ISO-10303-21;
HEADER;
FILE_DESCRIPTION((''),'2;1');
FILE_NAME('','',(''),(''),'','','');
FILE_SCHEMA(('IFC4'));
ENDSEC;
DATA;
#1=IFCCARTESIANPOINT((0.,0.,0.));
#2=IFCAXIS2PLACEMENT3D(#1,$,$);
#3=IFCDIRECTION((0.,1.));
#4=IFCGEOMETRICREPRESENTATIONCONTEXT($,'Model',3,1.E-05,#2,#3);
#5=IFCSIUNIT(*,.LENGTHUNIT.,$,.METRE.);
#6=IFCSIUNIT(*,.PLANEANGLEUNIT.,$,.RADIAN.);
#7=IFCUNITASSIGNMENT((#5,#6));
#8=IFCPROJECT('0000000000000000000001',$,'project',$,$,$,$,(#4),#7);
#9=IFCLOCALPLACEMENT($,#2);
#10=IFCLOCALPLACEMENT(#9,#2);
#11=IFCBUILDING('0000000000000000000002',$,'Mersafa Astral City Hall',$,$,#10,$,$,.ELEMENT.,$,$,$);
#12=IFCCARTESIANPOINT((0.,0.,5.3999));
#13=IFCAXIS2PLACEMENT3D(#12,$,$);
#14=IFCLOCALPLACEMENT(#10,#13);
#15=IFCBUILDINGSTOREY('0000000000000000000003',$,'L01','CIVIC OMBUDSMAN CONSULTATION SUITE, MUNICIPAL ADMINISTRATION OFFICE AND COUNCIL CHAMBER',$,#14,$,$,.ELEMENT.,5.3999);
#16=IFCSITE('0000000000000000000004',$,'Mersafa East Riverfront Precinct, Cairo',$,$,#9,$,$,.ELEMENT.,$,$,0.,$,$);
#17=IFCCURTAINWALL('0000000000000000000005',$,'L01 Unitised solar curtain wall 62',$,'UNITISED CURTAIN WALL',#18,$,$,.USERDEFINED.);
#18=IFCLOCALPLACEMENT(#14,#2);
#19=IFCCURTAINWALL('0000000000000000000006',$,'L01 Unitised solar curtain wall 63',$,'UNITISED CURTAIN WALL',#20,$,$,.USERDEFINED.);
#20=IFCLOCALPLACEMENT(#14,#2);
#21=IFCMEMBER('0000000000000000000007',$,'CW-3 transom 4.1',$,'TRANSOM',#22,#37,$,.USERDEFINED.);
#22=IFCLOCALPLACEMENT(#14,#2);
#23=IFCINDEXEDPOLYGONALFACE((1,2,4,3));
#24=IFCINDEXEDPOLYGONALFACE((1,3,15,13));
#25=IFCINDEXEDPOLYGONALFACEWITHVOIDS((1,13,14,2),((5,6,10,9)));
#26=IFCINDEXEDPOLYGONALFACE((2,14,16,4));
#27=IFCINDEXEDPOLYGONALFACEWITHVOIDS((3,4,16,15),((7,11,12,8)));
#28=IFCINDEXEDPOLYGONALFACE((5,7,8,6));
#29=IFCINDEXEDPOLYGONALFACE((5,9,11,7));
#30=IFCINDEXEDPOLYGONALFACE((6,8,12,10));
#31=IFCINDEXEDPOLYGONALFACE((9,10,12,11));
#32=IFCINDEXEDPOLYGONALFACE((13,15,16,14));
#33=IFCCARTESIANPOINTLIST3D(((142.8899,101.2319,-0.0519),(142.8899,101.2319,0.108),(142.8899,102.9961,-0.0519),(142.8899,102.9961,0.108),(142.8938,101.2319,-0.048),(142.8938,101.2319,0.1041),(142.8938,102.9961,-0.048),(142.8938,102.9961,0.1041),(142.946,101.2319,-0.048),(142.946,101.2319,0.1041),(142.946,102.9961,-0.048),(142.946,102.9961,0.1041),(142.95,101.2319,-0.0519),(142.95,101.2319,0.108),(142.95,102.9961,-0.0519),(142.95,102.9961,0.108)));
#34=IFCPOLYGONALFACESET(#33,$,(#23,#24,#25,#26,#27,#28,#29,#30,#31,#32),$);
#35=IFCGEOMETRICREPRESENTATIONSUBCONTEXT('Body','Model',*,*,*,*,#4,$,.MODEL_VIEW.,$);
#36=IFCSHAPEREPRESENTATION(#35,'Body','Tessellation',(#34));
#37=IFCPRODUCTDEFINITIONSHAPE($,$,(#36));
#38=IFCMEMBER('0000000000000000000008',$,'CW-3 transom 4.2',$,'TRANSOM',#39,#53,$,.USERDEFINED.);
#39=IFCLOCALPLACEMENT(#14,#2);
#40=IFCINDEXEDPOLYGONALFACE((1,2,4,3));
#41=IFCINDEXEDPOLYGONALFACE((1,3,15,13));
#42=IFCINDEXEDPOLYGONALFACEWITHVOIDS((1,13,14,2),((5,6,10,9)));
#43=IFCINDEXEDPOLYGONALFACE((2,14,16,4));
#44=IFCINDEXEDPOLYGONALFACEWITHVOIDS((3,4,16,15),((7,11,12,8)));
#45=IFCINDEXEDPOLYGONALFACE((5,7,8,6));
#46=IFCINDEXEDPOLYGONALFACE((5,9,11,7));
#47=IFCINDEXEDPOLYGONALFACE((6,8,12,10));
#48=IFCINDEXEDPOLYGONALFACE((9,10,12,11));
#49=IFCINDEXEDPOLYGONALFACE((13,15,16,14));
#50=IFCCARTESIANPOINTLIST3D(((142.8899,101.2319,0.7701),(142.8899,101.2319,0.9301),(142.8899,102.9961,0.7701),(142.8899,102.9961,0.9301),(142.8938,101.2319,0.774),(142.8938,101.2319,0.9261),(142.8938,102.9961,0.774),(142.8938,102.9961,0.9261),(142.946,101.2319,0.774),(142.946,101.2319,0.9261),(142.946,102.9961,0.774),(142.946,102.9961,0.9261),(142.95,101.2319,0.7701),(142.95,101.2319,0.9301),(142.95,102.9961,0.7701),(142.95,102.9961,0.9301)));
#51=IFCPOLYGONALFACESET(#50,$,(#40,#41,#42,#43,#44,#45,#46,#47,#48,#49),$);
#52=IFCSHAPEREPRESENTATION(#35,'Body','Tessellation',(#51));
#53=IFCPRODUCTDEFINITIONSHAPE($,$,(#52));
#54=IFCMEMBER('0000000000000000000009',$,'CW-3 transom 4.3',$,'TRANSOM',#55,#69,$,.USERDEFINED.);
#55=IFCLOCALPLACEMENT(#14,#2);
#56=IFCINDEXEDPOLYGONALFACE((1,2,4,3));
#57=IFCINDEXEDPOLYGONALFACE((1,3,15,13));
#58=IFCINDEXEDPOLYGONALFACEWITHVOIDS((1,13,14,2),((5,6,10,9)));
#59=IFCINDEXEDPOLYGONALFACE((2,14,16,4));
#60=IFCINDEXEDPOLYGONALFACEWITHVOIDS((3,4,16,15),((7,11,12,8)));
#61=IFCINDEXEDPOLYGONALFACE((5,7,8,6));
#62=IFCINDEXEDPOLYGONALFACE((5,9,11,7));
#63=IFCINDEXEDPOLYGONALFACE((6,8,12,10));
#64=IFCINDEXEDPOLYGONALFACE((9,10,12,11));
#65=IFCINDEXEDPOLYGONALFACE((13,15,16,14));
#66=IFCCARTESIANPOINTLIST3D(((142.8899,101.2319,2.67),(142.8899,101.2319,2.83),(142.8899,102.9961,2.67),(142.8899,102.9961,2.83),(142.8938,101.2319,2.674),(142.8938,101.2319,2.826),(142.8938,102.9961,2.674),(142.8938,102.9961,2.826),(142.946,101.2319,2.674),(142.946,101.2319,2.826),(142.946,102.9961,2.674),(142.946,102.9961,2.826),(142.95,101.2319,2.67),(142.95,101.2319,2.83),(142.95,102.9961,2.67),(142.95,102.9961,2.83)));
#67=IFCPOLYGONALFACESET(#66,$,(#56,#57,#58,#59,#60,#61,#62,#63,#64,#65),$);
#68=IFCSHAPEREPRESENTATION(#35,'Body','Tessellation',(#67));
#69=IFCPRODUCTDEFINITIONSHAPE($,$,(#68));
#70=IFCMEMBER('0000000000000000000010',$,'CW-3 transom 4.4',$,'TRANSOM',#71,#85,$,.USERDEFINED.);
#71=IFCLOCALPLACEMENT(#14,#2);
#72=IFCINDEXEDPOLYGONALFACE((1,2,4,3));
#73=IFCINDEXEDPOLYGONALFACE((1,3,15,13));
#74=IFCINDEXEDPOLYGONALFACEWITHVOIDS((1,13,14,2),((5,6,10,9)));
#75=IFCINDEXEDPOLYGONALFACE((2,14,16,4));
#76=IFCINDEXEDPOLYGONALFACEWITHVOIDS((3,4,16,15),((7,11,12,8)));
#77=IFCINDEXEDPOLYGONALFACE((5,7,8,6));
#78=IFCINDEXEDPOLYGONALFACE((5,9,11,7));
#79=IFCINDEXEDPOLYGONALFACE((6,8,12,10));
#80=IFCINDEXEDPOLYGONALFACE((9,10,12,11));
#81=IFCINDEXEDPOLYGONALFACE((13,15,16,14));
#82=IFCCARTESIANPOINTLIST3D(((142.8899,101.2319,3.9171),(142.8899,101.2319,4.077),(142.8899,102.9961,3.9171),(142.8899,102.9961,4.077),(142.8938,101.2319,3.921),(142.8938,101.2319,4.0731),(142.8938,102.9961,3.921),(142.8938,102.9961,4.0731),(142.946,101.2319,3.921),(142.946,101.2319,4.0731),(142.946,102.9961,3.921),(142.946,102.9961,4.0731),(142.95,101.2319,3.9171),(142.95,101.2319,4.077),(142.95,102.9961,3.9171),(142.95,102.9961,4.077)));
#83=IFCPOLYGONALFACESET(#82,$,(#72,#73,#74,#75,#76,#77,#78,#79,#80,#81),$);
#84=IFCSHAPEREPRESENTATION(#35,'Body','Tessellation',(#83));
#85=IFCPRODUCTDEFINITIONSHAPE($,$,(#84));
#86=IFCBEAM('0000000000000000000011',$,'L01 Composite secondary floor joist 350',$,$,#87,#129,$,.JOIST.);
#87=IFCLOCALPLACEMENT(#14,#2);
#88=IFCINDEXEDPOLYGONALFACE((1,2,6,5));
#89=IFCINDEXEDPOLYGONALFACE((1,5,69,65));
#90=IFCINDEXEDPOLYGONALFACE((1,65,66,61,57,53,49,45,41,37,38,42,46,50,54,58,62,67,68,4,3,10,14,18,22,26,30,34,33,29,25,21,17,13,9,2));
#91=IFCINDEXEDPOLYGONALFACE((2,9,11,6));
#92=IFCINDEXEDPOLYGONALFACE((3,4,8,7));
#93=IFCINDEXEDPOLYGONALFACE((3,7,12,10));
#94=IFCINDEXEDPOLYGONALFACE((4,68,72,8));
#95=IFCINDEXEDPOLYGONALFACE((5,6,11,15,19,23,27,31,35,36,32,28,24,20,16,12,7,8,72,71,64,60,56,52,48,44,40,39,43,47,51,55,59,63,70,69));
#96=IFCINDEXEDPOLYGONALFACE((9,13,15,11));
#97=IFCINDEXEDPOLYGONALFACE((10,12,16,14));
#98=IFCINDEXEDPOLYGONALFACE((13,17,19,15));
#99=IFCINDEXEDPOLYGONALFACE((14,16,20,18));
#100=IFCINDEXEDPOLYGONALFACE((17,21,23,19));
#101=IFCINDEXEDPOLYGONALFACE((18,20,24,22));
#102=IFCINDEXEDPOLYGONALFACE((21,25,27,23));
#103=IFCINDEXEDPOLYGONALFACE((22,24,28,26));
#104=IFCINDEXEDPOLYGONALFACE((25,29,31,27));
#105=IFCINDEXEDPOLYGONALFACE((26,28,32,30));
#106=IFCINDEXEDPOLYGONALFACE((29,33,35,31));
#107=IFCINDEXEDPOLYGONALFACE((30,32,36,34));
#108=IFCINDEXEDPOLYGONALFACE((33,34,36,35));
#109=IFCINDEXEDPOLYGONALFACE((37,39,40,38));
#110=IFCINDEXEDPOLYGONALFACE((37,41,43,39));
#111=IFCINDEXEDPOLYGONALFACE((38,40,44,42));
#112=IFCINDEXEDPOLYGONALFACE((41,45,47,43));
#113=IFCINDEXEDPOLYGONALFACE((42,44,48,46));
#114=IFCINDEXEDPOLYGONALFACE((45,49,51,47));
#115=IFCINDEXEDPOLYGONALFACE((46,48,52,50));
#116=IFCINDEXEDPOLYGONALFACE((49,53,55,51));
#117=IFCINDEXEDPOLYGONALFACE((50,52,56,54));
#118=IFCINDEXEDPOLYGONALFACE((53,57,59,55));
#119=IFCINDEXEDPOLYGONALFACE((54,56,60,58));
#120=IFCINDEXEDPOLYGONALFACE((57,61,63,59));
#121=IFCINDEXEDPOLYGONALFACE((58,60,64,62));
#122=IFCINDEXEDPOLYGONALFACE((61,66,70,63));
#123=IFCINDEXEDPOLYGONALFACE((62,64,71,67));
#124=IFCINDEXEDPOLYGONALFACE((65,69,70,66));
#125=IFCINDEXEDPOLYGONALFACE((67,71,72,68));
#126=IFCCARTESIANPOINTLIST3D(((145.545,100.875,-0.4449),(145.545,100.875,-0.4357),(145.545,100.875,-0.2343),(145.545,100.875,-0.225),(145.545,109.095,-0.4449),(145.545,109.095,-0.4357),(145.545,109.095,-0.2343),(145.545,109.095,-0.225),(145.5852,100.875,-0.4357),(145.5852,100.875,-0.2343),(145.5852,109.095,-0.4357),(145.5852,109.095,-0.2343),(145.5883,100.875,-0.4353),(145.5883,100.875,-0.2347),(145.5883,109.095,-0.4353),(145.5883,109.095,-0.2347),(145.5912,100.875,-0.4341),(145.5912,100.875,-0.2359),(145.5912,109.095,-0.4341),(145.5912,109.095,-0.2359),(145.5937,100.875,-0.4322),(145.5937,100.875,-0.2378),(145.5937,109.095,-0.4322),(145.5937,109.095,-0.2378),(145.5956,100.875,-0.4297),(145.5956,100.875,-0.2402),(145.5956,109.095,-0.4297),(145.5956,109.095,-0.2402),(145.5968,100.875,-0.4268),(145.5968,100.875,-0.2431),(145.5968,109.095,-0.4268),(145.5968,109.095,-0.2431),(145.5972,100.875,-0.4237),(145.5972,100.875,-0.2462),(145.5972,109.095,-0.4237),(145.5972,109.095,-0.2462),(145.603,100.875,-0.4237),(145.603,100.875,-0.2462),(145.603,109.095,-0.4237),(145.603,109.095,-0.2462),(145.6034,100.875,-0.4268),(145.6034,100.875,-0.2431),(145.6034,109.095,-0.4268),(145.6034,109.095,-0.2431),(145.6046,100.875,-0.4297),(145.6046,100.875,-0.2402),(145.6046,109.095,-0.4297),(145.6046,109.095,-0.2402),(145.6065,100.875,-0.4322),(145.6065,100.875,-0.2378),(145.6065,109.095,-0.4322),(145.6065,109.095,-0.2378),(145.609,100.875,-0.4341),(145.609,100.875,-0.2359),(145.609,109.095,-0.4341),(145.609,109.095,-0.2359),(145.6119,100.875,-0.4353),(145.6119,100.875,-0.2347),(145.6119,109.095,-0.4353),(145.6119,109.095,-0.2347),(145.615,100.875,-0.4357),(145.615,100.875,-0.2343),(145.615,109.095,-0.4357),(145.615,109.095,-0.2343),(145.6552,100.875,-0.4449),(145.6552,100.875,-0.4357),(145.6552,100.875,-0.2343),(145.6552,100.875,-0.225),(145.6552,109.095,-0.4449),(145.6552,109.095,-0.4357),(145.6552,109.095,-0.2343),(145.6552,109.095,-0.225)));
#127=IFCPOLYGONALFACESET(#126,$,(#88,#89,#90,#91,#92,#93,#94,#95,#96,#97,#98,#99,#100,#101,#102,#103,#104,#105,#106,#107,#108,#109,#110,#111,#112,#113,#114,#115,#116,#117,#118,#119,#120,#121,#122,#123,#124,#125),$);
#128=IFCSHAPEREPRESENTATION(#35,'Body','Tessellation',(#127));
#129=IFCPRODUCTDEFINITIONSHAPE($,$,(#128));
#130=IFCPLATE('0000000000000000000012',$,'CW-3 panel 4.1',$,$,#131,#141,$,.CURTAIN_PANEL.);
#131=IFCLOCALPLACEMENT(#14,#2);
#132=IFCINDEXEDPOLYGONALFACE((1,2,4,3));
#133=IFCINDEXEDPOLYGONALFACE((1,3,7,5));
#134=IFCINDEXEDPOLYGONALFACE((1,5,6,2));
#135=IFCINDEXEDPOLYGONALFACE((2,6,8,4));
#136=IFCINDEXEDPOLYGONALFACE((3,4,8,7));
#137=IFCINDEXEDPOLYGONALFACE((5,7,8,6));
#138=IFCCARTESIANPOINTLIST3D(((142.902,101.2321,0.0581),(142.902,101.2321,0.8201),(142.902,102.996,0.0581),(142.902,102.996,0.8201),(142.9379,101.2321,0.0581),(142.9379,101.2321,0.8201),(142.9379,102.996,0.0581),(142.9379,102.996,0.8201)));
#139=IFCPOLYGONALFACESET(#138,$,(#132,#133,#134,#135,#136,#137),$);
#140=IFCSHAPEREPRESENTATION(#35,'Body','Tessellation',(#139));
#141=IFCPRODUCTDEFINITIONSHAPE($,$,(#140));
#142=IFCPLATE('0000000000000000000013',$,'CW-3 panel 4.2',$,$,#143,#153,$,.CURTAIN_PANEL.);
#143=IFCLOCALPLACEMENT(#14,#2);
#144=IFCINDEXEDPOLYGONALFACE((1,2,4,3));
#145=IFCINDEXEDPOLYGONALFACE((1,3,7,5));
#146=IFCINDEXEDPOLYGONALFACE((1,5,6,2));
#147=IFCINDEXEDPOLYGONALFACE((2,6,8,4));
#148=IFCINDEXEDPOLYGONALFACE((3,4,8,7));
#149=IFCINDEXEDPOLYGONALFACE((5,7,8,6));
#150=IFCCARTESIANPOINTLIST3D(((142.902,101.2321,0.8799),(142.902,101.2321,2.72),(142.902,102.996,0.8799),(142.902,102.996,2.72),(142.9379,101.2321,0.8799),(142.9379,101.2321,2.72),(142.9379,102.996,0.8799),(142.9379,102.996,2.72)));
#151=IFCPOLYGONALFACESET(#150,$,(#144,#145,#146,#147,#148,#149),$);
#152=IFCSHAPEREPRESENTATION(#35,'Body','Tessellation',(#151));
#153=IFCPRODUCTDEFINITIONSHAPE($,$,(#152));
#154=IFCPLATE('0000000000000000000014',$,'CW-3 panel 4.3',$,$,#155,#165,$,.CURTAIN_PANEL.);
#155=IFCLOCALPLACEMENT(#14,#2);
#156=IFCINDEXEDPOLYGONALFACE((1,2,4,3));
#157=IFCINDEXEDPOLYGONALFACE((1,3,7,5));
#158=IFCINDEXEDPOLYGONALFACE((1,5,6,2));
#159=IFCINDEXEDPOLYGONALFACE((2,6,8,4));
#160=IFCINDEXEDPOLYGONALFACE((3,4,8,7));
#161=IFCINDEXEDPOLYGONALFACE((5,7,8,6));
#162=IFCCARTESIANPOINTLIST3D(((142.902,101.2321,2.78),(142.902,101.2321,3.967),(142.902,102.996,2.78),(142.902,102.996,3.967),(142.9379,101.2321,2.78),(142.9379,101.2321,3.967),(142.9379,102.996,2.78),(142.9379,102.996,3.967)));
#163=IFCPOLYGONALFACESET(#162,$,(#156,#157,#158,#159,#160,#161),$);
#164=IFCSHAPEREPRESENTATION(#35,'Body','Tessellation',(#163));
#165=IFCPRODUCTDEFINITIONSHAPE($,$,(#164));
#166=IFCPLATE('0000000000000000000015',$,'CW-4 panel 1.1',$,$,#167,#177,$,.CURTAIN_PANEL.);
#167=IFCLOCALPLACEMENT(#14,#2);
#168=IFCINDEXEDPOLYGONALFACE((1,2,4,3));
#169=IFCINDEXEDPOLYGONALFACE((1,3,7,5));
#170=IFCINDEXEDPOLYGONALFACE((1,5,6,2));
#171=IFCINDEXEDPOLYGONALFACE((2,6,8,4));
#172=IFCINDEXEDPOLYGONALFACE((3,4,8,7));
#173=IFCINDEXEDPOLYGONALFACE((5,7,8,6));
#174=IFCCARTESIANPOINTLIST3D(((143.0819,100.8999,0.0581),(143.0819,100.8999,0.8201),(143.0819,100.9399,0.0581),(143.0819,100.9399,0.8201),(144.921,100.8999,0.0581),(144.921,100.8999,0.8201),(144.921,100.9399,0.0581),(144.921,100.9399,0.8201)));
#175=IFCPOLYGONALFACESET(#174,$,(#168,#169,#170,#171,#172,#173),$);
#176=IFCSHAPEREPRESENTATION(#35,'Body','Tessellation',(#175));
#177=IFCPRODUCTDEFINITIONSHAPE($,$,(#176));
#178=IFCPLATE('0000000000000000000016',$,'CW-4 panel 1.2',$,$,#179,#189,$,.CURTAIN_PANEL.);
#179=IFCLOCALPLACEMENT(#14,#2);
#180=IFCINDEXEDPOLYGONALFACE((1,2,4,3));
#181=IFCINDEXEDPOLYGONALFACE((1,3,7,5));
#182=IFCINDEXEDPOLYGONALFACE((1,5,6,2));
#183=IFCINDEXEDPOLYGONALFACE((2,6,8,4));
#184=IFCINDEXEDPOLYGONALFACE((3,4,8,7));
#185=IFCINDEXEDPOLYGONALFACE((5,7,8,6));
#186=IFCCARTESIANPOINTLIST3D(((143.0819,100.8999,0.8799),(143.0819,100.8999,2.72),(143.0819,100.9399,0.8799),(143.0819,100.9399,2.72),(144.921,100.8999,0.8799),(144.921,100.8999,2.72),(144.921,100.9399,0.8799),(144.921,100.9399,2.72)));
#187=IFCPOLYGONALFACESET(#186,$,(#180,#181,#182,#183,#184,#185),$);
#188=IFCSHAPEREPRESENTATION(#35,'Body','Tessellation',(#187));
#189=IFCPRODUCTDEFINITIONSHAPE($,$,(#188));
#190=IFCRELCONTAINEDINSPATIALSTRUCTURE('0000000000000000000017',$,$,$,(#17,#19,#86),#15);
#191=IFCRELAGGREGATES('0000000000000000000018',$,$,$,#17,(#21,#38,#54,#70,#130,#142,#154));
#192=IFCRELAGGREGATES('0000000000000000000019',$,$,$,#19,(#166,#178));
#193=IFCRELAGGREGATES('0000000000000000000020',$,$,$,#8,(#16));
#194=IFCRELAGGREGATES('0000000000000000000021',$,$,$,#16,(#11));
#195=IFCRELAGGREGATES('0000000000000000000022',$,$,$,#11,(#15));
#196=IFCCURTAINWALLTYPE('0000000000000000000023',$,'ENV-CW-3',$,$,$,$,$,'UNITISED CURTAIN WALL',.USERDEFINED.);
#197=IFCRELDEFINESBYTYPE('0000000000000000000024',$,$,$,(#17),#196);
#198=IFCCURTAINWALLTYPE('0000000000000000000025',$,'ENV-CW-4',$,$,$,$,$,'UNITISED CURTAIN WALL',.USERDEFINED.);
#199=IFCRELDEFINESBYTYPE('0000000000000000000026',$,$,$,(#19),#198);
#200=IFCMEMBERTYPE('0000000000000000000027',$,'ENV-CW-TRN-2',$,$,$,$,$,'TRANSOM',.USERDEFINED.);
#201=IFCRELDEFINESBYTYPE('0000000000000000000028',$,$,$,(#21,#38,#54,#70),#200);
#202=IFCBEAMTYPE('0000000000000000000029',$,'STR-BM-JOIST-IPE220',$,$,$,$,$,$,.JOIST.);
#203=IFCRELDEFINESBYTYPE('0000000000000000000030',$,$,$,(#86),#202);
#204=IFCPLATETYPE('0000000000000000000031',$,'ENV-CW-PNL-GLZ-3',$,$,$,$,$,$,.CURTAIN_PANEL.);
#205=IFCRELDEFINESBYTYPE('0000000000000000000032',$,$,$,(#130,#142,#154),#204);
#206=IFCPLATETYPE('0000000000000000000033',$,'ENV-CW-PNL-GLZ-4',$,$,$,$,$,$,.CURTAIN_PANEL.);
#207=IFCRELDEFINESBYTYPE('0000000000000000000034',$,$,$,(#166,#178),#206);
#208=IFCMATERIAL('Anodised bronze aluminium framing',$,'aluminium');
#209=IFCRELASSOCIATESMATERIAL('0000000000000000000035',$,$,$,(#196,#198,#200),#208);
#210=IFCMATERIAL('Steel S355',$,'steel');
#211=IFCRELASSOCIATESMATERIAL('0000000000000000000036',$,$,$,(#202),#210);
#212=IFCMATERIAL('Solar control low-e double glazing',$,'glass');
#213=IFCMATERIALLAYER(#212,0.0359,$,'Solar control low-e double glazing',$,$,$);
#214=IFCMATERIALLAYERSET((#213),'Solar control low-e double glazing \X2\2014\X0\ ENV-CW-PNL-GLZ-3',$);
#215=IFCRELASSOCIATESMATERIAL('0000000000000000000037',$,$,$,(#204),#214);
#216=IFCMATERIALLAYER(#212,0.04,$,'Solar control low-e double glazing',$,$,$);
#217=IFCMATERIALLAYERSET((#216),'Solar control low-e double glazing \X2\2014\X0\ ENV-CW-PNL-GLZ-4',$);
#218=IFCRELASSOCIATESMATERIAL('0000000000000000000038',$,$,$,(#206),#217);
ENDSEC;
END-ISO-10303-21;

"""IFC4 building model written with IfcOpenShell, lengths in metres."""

from ifc_helpers import new_model, si_unit, direction, frame, origin, origin_2d, place, context, subcontext, project, spatial, rectangle, hollow_rectangle, i_section, extrude, material, layer, layer_set, material_profile, profile_set, type_object, element, aggregate, save


model = new_model("IFC4")

# Units and contexts
model_context = context("Model", 3, precision=1e-05, world=origin(), true_north=direction((0.0, 1.0)))
body_context = subcontext(model_context, "Body", "Model", "MODEL_VIEW")
ifc_project = project(units=[si_unit("LENGTHUNIT", "METRE"), si_unit("PLANEANGLEUNIT", "RADIAN")], contexts=[model_context])

# Site, building, storey
site_placement = place(None, origin())
site = spatial("IfcSite", under=ifc_project, at=site_placement, Name="Mersafa East Riverfront Precinct, Cairo", CompositionType="ELEMENT", RefElevation=0.0)
building_placement = place(site_placement, origin())
building = spatial("IfcBuilding", under=site, at=building_placement, Name="Mersafa Astral City Hall", CompositionType="ELEMENT")
storey_placement = place(building_placement, frame((0.0, 0.0, 5.3999)))
storey = spatial("IfcBuildingStorey", under=building, at=storey_placement, Name="L01", Description="CIVIC OMBUDSMAN CONSULTATION SUITE, MUNICIPAL ADMINISTRATION OFFICE AND COUNCIL CHAMBER", CompositionType="ELEMENT", Elevation=5.3999)

# Curtain wall
ifc_material_1 = material(Name="Anodised bronze aluminium framing", Category="aluminium")
curtain_wall_type_1 = type_object("IfcCurtainWallType", Name="ENV-CW-3", ElementType="UNITISED CURTAIN WALL", PredefinedType="USERDEFINED", material=ifc_material_1)
curtain_wall_1_placement = place(storey_placement, origin())
curtain_wall_1 = element("IfcCurtainWall", 1, at=curtain_wall_1_placement, inside=storey, type_object=curtain_wall_type_1, Name="L01 Unitised solar curtain wall 62", ObjectType="UNITISED CURTAIN WALL", PredefinedType="USERDEFINED")

# Curtain wall
curtain_wall_type_2 = type_object("IfcCurtainWallType", Name="ENV-CW-4", ElementType="UNITISED CURTAIN WALL", PredefinedType="USERDEFINED", material=ifc_material_1)
curtain_wall_2_placement = place(storey_placement, origin())
curtain_wall_2 = element("IfcCurtainWall", 2, at=curtain_wall_2_placement, inside=storey, type_object=curtain_wall_type_2, Name="L01 Unitised solar curtain wall 63", ObjectType="UNITISED CURTAIN WALL", PredefinedType="USERDEFINED")

# Members
ifc_material_profile_1 = material_profile(ifc_material_1, hollow_rectangle(XDim=0.0601, YDim=0.1599, WallThickness=0.0039, at=origin_2d()), Name="RHS 60x160x4")
ifc_profile_set_1 = profile_set([ifc_material_profile_1], Name="Anodised bronze aluminium framing")
member_type_1 = type_object("IfcMemberType", Name="ENV-CW-TRN-2", ElementType="TRANSOM", PredefinedType="USERDEFINED", material=ifc_profile_set_1)
member_1_placement = place(storey_placement, frame((142.9199, 102.9961, 0.0281), z_axis=(0.0, -1.0, 0.0), x_axis=(1.0, 0.0, 0.0)))
member_1 = element("IfcMember", 3, at=member_1_placement, type_object=member_type_1, Name="CW-3 transom 4.1", ObjectType="TRANSOM", PredefinedType="USERDEFINED", context=body_context, shape_type="SweptSolid", body=[
    extrude(hollow_rectangle(XDim=0.0601, YDim=0.1599, WallThickness=0.0039, at=origin_2d()), origin(), (0.0, 0.0, 1.0), 1.7642),
])
member_2_placement = place(storey_placement, frame((142.9199, 102.9961, 0.8501), z_axis=(0.0, -1.0, 0.0), x_axis=(1.0, 0.0, 0.0)))
member_2 = element("IfcMember", 4, at=member_2_placement, type_object=member_type_1, Name="CW-3 transom 4.2", ObjectType="TRANSOM", PredefinedType="USERDEFINED", context=body_context, shape_type="SweptSolid", body=[
    extrude(hollow_rectangle(XDim=0.0601, YDim=0.1599, WallThickness=0.0039, at=origin_2d()), origin(), (0.0, 0.0, 1.0), 1.7642),
])
member_3_placement = place(storey_placement, frame((142.9199, 102.9961, 2.75), z_axis=(0.0, -1.0, 0.0), x_axis=(1.0, 0.0, 0.0)))
member_3 = element("IfcMember", 5, at=member_3_placement, type_object=member_type_1, Name="CW-3 transom 4.3", ObjectType="TRANSOM", PredefinedType="USERDEFINED", context=body_context, shape_type="SweptSolid", body=[
    extrude(hollow_rectangle(XDim=0.0601, YDim=0.1599, WallThickness=0.0039, at=origin_2d()), origin(), (0.0, 0.0, 1.0), 1.7642),
])
member_4_placement = place(storey_placement, frame((142.9199, 102.9961, 3.9971), z_axis=(0.0, -1.0, 0.0), x_axis=(1.0, 0.0, 0.0)))
member_4 = element("IfcMember", 6, at=member_4_placement, type_object=member_type_1, Name="CW-3 transom 4.4", ObjectType="TRANSOM", PredefinedType="USERDEFINED", context=body_context, shape_type="SweptSolid", body=[
    extrude(hollow_rectangle(XDim=0.0601, YDim=0.1599, WallThickness=0.0039, at=origin_2d()), origin(), (0.0, 0.0, 1.0), 1.7642),
])

# Beam
ifc_material_2 = material(Name="Steel S355", Category="steel")
ifc_material_profile_2 = material_profile(ifc_material_2, i_section(OverallWidth=0.1101, OverallDepth=0.22, WebThickness=0.0059, FlangeThickness=0.0093, FilletRadius=0.012, at=origin_2d()), Name="IPE 220")
ifc_profile_set_2 = profile_set([ifc_material_profile_2], Name="Steel S355")
beam_type = type_object("IfcBeamType", Name="STR-BM-JOIST-IPE220", PredefinedType="JOIST", material=ifc_profile_set_2)
beam_placement = place(storey_placement, frame((145.6001, 100.875, -0.335), z_axis=(0.0, 1.0, 0.0), x_axis=(-1.0, 0.0, 0.0)))
element("IfcBeam", 7, at=beam_placement, inside=storey, type_object=beam_type, Name="L01 Composite secondary floor joist 350", PredefinedType="JOIST", context=body_context, shape_type="SweptSolid", body=[
    extrude(i_section(OverallWidth=0.1101, OverallDepth=0.22, WebThickness=0.0059, FlangeThickness=0.0093, FilletRadius=0.012, at=origin_2d()), origin(), (0.0, 0.0, 1.0), 8.22),
])

# Plates
ifc_material_3 = material(Name="Solar control low-e double glazing", Category="glass")
ifc_layer_1 = layer(ifc_material_3, 0.0359, Name="Solar control low-e double glazing")
ifc_layer_set_1 = layer_set([ifc_layer_1], Name="Solar control low-e double glazing — ENV-CW-PNL-GLZ-3")
plate_type_1 = type_object("IfcPlateType", Name="ENV-CW-PNL-GLZ-3", PredefinedType="CURTAIN_PANEL", material=ifc_layer_set_1)
plate_1_placement = place(storey_placement, frame((142.9199, 102.114, 0.0581), z_axis=(0.0, 0.0, 1.0), x_axis=(0.0, -1.0, 0.0)))
plate_1 = element("IfcPlate", 8, at=plate_1_placement, type_object=plate_type_1, Name="CW-3 panel 4.1", PredefinedType="CURTAIN_PANEL", context=body_context, shape_type="SweptSolid", body=[
    extrude(rectangle(XDim=1.7639, YDim=0.0359, at=origin_2d()), origin(), (0.0, 0.0, 1.0), 0.762),
])
plate_2_placement = place(storey_placement, frame((142.9199, 102.114, 0.8799), z_axis=(0.0, 0.0, 1.0), x_axis=(0.0, -1.0, 0.0)))
plate_2 = element("IfcPlate", 9, at=plate_2_placement, type_object=plate_type_1, Name="CW-3 panel 4.2", PredefinedType="CURTAIN_PANEL", context=body_context, shape_type="SweptSolid", body=[
    extrude(rectangle(XDim=1.7639, YDim=0.0359, at=origin_2d()), origin(), (0.0, 0.0, 1.0), 1.8401),
])
plate_3_placement = place(storey_placement, frame((142.9199, 102.114, 2.78), z_axis=(0.0, 0.0, 1.0), x_axis=(0.0, -1.0, 0.0)))
plate_3 = element("IfcPlate", 10, at=plate_3_placement, type_object=plate_type_1, Name="CW-3 panel 4.3", PredefinedType="CURTAIN_PANEL", context=body_context, shape_type="SweptSolid", body=[
    extrude(rectangle(XDim=1.7639, YDim=0.0359, at=origin_2d()), origin(), (0.0, 0.0, 1.0), 1.187),
])
aggregate(curtain_wall_1, [member_1, member_2, member_3, member_4, plate_1, plate_2, plate_3])
ifc_layer_2 = layer(ifc_material_3, 0.04, Name="Solar control low-e double glazing")
ifc_layer_set_2 = layer_set([ifc_layer_2], Name="Solar control low-e double glazing — ENV-CW-PNL-GLZ-4")
plate_type_2 = type_object("IfcPlateType", Name="ENV-CW-PNL-GLZ-4", PredefinedType="CURTAIN_PANEL", material=ifc_layer_set_2)
plate_4_placement = place(storey_placement, frame((144.0015, 100.9199, 0.0581), z_axis=(0.0, 0.0, 1.0), x_axis=(1.0, 0.0, 0.0)))
plate_4 = element("IfcPlate", 11, at=plate_4_placement, type_object=plate_type_2, Name="CW-4 panel 1.1", PredefinedType="CURTAIN_PANEL", context=body_context, shape_type="SweptSolid", body=[
    extrude(rectangle(XDim=1.8391, YDim=0.04, at=origin_2d()), origin(), (0.0, 0.0, 1.0), 0.762),
])
plate_5_placement = place(storey_placement, frame((144.0015, 100.9199, 0.8799), z_axis=(0.0, 0.0, 1.0), x_axis=(1.0, 0.0, 0.0)))
plate_5 = element("IfcPlate", 12, at=plate_5_placement, type_object=plate_type_2, Name="CW-4 panel 1.2", PredefinedType="CURTAIN_PANEL", context=body_context, shape_type="SweptSolid", body=[
    extrude(rectangle(XDim=1.8391, YDim=0.04, at=origin_2d()), origin(), (0.0, 0.0, 1.0), 1.8401),
])
aggregate(curtain_wall_2, [plate_4, plate_5])

save(model, "model.ifc")
